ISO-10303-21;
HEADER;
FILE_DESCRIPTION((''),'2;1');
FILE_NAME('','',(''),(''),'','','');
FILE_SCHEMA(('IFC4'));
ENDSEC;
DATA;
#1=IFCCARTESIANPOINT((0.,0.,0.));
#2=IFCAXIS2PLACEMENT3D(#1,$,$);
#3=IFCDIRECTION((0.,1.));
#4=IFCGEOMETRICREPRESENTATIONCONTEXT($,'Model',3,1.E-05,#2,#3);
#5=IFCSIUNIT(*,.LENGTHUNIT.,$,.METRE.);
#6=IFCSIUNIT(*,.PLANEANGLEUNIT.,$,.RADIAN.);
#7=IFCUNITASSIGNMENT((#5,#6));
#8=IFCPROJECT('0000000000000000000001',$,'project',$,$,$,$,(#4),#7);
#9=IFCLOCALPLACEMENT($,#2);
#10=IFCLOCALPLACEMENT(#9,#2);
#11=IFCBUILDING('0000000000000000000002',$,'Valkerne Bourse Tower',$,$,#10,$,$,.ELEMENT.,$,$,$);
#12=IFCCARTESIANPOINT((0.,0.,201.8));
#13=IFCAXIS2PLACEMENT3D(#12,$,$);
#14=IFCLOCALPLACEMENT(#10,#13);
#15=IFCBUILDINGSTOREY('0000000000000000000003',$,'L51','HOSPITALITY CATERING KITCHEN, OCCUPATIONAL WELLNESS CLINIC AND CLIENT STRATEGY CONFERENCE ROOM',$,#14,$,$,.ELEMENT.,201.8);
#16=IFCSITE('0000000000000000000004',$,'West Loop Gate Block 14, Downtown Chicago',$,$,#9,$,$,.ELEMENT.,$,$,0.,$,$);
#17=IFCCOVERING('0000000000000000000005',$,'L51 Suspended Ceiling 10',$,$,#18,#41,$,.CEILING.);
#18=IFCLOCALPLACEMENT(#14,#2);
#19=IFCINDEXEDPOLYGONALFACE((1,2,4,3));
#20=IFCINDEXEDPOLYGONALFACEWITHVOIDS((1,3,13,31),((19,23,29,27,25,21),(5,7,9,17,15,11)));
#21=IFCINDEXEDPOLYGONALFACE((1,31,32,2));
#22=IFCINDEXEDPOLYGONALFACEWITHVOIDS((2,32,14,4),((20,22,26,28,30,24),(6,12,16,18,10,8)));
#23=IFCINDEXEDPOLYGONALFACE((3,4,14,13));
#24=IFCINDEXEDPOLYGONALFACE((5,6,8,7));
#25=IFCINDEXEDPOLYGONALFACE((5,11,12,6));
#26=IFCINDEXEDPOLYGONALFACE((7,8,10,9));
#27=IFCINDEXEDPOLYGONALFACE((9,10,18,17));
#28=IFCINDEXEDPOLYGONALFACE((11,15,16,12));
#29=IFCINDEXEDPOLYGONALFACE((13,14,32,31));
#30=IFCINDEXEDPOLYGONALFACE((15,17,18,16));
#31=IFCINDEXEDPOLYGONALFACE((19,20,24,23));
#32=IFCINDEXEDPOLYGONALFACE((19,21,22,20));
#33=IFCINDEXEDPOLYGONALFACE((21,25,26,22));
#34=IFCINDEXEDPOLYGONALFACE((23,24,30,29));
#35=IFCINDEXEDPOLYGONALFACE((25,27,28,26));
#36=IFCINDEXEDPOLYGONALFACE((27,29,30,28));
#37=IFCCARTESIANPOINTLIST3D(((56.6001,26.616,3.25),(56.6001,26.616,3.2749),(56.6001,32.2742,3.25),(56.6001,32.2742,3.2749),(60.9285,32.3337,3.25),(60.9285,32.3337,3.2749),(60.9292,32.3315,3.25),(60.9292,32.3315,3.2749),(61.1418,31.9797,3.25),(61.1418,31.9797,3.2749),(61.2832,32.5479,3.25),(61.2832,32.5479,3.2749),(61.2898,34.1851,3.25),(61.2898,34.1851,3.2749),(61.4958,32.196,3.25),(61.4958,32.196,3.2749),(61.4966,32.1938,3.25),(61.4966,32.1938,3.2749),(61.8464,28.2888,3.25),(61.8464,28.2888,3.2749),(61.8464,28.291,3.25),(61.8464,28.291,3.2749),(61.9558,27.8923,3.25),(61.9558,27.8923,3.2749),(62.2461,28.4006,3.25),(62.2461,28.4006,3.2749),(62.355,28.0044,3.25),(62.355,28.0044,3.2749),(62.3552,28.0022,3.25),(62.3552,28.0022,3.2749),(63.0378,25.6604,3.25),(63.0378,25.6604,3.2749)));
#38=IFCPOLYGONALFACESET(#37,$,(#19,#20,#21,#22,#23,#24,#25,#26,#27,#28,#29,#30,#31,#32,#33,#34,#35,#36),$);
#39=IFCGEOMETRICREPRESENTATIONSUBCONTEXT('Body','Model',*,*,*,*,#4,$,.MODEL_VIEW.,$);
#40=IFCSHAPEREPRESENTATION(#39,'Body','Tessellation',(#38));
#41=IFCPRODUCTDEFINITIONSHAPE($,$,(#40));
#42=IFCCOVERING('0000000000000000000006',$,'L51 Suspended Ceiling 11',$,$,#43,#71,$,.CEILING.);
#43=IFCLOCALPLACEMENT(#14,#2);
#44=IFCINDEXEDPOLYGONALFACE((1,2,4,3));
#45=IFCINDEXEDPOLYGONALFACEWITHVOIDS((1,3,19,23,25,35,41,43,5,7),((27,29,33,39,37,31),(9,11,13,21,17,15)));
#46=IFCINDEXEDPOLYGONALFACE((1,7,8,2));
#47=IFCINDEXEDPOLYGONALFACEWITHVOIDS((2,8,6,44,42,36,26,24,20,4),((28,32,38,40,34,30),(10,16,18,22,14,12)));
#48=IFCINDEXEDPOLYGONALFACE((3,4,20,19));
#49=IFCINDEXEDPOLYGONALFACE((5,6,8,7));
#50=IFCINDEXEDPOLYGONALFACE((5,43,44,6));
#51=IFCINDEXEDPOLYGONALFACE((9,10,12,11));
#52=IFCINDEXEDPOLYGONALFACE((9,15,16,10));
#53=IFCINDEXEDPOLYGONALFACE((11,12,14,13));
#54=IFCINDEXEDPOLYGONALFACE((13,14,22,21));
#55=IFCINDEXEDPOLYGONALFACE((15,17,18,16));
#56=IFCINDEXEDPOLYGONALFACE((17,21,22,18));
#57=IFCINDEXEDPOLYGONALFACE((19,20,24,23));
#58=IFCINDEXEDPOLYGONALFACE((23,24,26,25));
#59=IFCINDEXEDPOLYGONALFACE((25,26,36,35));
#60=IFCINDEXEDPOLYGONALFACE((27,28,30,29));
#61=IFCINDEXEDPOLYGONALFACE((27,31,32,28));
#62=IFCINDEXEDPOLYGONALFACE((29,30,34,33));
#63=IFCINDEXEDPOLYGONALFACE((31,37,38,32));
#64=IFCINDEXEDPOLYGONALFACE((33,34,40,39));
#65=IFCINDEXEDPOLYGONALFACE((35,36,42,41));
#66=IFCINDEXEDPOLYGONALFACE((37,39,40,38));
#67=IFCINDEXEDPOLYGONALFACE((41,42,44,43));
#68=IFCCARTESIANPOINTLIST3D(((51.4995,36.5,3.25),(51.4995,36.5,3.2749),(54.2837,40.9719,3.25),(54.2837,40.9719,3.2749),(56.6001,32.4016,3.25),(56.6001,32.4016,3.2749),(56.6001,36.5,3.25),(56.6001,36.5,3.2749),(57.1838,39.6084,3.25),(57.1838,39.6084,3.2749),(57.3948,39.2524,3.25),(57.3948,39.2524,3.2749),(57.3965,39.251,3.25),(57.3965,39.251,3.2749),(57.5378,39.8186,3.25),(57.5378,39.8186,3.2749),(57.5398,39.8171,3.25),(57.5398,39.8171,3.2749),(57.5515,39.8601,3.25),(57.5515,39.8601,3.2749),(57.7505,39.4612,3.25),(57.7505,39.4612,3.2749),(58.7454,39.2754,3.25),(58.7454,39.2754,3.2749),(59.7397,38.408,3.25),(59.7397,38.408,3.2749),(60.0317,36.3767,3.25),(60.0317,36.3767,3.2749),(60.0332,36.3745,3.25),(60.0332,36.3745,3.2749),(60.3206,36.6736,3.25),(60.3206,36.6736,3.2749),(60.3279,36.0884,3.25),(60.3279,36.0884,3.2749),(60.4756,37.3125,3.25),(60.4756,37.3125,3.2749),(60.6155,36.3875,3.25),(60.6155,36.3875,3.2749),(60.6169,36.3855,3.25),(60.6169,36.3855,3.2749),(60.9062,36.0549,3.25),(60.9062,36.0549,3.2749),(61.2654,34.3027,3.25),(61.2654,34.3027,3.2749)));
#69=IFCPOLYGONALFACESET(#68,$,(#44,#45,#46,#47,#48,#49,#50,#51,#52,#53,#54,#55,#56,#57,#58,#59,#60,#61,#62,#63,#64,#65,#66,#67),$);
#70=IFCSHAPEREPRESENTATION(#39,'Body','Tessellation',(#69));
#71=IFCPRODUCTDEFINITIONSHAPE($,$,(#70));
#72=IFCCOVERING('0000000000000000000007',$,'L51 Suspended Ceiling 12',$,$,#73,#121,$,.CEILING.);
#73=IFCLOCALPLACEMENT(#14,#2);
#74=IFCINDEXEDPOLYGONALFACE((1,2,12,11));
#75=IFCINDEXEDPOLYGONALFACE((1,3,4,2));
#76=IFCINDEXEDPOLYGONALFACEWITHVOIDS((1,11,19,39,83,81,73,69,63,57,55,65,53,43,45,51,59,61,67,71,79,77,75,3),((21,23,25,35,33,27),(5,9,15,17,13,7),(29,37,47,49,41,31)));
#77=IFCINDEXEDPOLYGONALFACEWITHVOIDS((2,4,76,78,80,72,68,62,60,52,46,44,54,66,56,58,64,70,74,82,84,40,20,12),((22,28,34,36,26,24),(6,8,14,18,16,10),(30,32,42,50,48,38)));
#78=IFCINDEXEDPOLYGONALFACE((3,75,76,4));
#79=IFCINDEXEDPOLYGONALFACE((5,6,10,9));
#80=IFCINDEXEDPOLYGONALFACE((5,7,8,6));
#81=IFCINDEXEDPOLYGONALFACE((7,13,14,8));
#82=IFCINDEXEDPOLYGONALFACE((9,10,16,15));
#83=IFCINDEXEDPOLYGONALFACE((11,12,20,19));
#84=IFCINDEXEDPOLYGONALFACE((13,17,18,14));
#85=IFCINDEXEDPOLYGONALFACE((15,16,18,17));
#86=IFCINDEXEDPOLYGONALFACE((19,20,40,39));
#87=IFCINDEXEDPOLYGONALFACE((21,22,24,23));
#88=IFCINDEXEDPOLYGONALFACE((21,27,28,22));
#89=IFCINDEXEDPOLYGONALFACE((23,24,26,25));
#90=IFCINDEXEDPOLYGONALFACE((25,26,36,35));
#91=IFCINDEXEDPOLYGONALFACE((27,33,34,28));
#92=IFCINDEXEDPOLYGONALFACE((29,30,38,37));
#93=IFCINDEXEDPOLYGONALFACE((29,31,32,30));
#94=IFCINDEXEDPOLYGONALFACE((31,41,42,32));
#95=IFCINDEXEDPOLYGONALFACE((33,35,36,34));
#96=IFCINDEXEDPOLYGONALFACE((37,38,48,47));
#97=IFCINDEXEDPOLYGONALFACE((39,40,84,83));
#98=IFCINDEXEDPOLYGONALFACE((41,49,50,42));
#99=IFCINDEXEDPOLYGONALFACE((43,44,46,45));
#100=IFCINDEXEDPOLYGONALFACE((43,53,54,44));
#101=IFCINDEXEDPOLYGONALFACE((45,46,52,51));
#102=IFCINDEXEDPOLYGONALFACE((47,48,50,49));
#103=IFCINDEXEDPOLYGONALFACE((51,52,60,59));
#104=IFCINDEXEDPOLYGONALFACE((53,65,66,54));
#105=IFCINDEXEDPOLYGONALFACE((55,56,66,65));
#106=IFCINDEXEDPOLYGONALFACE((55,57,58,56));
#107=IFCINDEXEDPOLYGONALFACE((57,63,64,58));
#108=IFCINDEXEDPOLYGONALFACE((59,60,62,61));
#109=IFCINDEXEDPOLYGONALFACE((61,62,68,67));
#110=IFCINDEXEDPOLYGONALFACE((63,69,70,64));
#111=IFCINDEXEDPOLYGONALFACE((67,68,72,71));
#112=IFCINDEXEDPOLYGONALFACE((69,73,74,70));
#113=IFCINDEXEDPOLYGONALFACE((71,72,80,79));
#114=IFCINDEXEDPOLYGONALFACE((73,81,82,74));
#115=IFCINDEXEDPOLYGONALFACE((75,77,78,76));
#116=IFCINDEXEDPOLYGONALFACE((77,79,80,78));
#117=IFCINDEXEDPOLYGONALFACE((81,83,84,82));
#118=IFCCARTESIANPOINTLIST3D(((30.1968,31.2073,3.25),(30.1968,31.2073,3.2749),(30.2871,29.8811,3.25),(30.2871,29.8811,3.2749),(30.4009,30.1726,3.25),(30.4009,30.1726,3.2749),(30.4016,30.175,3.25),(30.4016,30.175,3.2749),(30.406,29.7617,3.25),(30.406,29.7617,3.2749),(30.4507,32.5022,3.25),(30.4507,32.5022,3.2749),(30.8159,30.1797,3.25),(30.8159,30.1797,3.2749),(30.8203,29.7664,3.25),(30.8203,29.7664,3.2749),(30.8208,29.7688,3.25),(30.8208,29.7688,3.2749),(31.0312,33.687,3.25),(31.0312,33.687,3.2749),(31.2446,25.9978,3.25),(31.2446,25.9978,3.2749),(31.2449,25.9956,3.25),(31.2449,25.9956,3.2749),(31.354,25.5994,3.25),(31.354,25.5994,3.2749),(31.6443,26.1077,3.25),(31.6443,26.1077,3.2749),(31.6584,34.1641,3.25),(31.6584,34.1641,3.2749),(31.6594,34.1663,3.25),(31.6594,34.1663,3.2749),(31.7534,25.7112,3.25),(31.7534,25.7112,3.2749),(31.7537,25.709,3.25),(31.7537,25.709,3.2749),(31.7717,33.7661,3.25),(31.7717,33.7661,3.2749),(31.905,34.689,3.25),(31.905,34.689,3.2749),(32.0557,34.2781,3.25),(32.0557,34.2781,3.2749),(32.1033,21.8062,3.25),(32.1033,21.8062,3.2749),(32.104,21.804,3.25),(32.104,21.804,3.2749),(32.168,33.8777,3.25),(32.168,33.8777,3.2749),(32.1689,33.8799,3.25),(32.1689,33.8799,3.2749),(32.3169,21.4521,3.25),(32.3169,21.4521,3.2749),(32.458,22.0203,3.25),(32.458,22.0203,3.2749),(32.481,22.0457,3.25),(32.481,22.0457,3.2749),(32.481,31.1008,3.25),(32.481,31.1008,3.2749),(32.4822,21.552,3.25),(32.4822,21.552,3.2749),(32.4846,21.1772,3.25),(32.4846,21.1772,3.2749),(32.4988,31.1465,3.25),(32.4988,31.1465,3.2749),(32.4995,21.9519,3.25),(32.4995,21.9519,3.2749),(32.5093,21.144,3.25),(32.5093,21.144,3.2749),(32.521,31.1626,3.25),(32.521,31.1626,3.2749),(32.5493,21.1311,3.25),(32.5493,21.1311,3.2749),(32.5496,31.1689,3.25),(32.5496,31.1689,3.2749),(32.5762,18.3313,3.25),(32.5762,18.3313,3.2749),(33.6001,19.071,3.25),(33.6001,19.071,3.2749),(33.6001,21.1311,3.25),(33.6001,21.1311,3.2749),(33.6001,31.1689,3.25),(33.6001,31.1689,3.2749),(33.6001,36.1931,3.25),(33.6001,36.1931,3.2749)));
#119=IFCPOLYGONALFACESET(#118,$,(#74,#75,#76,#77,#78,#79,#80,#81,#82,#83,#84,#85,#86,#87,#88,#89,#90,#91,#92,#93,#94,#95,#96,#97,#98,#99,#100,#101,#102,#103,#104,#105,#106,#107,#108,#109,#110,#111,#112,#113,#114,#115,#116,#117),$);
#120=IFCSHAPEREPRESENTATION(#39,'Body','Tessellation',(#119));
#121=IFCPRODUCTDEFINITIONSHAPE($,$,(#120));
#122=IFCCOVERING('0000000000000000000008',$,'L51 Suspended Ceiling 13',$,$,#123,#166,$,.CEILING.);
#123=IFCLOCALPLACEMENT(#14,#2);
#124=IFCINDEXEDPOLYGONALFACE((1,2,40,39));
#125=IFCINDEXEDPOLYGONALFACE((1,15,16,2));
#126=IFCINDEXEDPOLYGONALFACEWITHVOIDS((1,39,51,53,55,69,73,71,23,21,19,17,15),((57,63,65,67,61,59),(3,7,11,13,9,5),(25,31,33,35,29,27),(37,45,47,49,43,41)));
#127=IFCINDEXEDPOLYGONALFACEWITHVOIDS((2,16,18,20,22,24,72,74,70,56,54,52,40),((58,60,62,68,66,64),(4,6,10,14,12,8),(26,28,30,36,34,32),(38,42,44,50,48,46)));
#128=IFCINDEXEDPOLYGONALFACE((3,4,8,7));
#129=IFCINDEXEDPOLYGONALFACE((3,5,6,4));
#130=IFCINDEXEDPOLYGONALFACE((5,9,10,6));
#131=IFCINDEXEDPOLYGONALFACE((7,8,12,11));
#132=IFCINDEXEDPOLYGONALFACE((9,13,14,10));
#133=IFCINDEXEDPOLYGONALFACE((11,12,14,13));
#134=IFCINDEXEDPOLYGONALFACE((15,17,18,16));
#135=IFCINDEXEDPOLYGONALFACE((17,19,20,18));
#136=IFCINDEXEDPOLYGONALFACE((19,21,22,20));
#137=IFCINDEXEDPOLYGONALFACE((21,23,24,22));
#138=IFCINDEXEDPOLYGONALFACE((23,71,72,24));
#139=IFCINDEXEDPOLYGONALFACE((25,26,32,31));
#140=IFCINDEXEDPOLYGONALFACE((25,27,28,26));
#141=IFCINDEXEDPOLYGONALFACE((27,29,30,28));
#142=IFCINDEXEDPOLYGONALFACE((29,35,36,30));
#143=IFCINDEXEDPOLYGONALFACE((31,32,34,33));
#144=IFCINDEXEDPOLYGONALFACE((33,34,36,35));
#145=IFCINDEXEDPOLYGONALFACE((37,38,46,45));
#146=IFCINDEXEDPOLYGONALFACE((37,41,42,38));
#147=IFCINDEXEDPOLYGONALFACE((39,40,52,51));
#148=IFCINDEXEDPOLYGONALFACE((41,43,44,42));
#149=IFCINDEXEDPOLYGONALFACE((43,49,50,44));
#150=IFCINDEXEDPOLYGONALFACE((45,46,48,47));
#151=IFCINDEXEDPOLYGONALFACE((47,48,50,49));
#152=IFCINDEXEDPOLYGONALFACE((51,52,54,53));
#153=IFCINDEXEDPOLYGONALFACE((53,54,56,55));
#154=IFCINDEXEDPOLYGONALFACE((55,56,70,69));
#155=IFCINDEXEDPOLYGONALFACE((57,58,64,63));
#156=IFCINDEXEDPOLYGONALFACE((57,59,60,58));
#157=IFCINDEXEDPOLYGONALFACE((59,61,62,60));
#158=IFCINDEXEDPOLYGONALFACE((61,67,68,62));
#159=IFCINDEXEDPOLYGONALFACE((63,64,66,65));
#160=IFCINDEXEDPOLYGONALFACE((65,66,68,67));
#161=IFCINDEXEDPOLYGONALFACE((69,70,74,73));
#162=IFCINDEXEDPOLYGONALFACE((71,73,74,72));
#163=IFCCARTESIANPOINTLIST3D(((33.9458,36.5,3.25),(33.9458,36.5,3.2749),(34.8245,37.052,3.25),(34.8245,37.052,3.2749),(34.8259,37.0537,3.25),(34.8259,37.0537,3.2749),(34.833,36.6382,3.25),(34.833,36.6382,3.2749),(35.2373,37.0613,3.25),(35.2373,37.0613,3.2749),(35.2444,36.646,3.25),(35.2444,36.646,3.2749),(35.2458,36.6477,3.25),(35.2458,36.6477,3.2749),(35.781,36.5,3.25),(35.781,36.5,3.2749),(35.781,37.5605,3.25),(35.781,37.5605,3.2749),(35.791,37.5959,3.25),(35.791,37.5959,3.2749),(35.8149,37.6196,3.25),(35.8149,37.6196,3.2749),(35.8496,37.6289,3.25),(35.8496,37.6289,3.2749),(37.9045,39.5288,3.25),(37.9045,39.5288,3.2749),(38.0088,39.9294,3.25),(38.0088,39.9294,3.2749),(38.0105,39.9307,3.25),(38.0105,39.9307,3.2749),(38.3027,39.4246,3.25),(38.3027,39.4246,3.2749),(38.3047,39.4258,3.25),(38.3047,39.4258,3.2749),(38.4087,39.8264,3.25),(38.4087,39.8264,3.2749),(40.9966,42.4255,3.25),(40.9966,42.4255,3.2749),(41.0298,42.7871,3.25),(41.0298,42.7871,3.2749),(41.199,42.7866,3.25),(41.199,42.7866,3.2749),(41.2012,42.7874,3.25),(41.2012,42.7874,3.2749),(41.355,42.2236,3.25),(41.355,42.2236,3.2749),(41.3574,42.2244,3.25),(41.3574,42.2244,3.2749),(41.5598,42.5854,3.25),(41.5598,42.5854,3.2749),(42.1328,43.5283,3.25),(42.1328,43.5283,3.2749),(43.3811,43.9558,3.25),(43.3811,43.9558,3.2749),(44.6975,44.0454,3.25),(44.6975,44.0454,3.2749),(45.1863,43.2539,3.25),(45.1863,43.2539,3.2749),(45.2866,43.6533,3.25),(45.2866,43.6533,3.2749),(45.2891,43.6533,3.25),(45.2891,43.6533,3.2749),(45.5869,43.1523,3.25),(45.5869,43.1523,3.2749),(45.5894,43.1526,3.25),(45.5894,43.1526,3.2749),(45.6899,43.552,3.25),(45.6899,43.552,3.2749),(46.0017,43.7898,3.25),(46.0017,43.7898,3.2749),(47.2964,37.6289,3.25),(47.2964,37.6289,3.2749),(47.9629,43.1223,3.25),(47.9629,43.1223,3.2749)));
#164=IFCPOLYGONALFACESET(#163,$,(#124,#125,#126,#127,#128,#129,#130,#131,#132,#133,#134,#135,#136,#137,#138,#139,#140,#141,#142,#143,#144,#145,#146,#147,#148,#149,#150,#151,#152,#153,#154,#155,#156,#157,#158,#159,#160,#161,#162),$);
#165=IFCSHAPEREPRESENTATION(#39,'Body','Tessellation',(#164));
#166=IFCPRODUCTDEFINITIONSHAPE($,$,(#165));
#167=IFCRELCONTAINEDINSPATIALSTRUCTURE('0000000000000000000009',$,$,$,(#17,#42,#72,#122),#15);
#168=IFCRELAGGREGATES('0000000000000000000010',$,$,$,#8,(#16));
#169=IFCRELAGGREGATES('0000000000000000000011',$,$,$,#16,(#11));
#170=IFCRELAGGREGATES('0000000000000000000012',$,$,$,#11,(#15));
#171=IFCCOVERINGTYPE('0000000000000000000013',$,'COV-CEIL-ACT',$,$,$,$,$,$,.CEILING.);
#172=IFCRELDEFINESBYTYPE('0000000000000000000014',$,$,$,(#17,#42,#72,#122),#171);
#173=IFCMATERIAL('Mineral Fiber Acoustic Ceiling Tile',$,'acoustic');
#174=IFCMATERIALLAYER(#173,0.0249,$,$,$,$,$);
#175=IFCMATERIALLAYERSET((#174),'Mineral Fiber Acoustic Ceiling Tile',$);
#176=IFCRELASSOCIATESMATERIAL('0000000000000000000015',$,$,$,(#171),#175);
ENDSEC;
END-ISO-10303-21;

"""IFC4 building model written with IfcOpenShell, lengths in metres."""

from ifc_helpers import new_model, si_unit, direction, frame, origin, place, context, subcontext, project, spatial, polyline, outline, extrude, material, layer, layer_set, type_object, element, save


model = new_model("IFC4")

# Units and contexts
model_context = context("Model", 3, precision=1e-05, world=origin(), true_north=direction((0.0, 1.0)))
body_context = subcontext(model_context, "Body", "Model", "MODEL_VIEW")
ifc_project = project(units=[si_unit("LENGTHUNIT", "METRE"), si_unit("PLANEANGLEUNIT", "RADIAN")], contexts=[model_context])

# Site, building, storey
site_placement = place(None, origin())
site = spatial("IfcSite", under=ifc_project, at=site_placement, Name="West Loop Gate Block 14, Downtown Chicago", CompositionType="ELEMENT", RefElevation=0.0)
building_placement = place(site_placement, origin())
building = spatial("IfcBuilding", under=site, at=building_placement, Name="Valkerne Bourse Tower", CompositionType="ELEMENT")
storey_placement = place(building_placement, frame((0.0, 0.0, 201.8)))
storey = spatial("IfcBuildingStorey", under=building, at=storey_placement, Name="L51", Description="HOSPITALITY CATERING KITCHEN, OCCUPATIONAL WELLNESS CLINIC AND CLIENT STRATEGY CONFERENCE ROOM", CompositionType="ELEMENT", Elevation=201.8)

# Coverings
ifc_material_1 = material(Name="Mineral Fiber Acoustic Ceiling Tile", Category="acoustic")
ifc_layer_1 = layer(ifc_material_1, 0.0249)
ifc_layer_set_1 = layer_set([ifc_layer_1], Name="Mineral Fiber Acoustic Ceiling Tile")
covering_type_1 = type_object("IfcCoveringType", Name="COV-CEIL-ACT", PredefinedType="CEILING", material=ifc_layer_set_1)
covering_1_placement = place(storey_placement, frame((0.0, 0.0, 3.25)))
element("IfcCovering", 1, at=covering_1_placement, inside=storey, type_object=covering_type_1, Name="L51 Suspended Ceiling 10", PredefinedType="CEILING", context=body_context, shape_type="SweptSolid", body=[
    extrude(outline(polyline([(61.2898, 34.1851), (63.0378, 25.6604), (56.6001, 26.616), (56.6001, 32.2742), (61.2898, 34.1851)]), holes=[polyline([(62.355, 28.0044), (62.2461, 28.4006), (61.8464, 28.291), (61.8464, 28.2888), (61.9558, 27.8923), (62.3552, 28.0022), (62.355, 28.0044)]), polyline([(61.4958, 32.196), (61.2832, 32.5479), (60.9285, 32.3337), (60.9292, 32.3315), (61.1418, 31.9797), (61.4966, 32.1938), (61.4958, 32.196)])]), origin(), (0.0, 0.0, 1.0), 0.0249),
])
covering_2_placement = place(storey_placement, frame((0.0, 0.0, 3.25)))
element("IfcCovering", 2, at=covering_2_placement, inside=storey, type_object=covering_type_1, Name="L51 Suspended Ceiling 11", PredefinedType="CEILING", context=body_context, shape_type="SweptSolid", body=[
    extrude(outline(polyline([(59.7397, 38.408), (60.4756, 37.3125), (60.9062, 36.0549), (61.2654, 34.3027), (56.6001, 32.4016), (56.6001, 36.5), (51.4995, 36.5), (54.2837, 40.9719), (57.5515, 39.8601), (58.7454, 39.2754), (59.7397, 38.408)]), holes=[polyline([(60.6155, 36.3875), (60.3206, 36.6736), (60.0317, 36.3767), (60.0332, 36.3745), (60.3279, 36.0884), (60.6169, 36.3855), (60.6155, 36.3875)]), polyline([(57.5398, 39.8171), (57.5378, 39.8186), (57.1838, 39.6084), (57.3948, 39.2524), (57.3965, 39.251), (57.7505, 39.4612), (57.5398, 39.8171)])]), origin(), (0.0, 0.0, 1.0), 0.0249),
])
covering_3_placement = place(storey_placement, frame((0.0, 0.0, 3.25)))
element("IfcCovering", 3, at=covering_3_placement, inside=storey, type_object=covering_type_1, Name="L51 Suspended Ceiling 12", PredefinedType="CEILING", context=body_context, shape_type="SweptSolid", body=[
    extrude(outline(polyline([(30.4507, 32.5022), (31.0312, 33.687), (31.905, 34.689), (33.6001, 36.1931), (33.6001, 31.1689), (32.5496, 31.1689), (32.521, 31.1626), (32.4988, 31.1465), (32.481, 31.1008), (32.481, 22.0457), (32.4995, 21.9519), (32.458, 22.0203), (32.1033, 21.8062), (32.104, 21.804), (32.3169, 21.4521), (32.4822, 21.552), (32.4846, 21.1772), (32.5093, 21.144), (32.5493, 21.1311), (33.6001, 21.1311), (33.6001, 19.071), (32.5762, 18.3313), (30.2871, 29.8811), (30.1968, 31.2073), (30.4507, 32.5022)]), holes=[polyline([(31.7534, 25.7112), (31.6443, 26.1077), (31.2446, 25.9978), (31.2449, 25.9956), (31.354, 25.5994), (31.7537, 25.709), (31.7534, 25.7112)]), polyline([(30.8208, 29.7688), (30.8159, 30.1797), (30.4016, 30.175), (30.4009, 30.1726), (30.406, 29.7617), (30.8203, 29.7664), (30.8208, 29.7688)]), polyline([(32.1689, 33.8799), (32.0557, 34.2781), (31.6594, 34.1663), (31.6584, 34.1641), (31.7717, 33.7661), (32.168, 33.8777), (32.1689, 33.8799)])]), origin(), (0.0, 0.0, 1.0), 0.0249),
])
covering_4_placement = place(storey_placement, frame((0.0, 0.0, 3.25)))
element("IfcCovering", 4, at=covering_4_placement, inside=storey, type_object=covering_type_1, Name="L51 Suspended Ceiling 13", PredefinedType="CEILING", context=body_context, shape_type="SweptSolid", body=[
    extrude(outline(polyline([(41.0298, 42.7871), (42.1328, 43.5283), (43.3811, 43.9558), (44.6975, 44.0454), (46.0017, 43.7898), (47.9629, 43.1223), (47.2964, 37.6289), (35.8496, 37.6289), (35.8149, 37.6196), (35.791, 37.5959), (35.781, 37.5605), (35.781, 36.5), (33.9458, 36.5), (41.0298, 42.7871)]), holes=[polyline([(35.2458, 36.6477), (35.2373, 37.0613), (34.8259, 37.0537), (34.8245, 37.052), (34.833, 36.6382), (35.2444, 36.646), (35.2458, 36.6477)]), polyline([(38.3047, 39.4258), (38.4087, 39.8264), (38.0105, 39.9307), (38.0088, 39.9294), (37.9045, 39.5288), (38.3027, 39.4246), (38.3047, 39.4258)]), polyline([(41.3574, 42.2244), (41.5598, 42.5854), (41.2012, 42.7874), (41.199, 42.7866), (40.9966, 42.4255), (41.355, 42.2236), (41.3574, 42.2244)]), polyline([(45.6899, 43.552), (45.2891, 43.6533), (45.2866, 43.6533), (45.1863, 43.2539), (45.5869, 43.1523), (45.5894, 43.1526), (45.6899, 43.552)])]), origin(), (0.0, 0.0, 1.0), 0.0249),
])

save(model, "model.ifc")
